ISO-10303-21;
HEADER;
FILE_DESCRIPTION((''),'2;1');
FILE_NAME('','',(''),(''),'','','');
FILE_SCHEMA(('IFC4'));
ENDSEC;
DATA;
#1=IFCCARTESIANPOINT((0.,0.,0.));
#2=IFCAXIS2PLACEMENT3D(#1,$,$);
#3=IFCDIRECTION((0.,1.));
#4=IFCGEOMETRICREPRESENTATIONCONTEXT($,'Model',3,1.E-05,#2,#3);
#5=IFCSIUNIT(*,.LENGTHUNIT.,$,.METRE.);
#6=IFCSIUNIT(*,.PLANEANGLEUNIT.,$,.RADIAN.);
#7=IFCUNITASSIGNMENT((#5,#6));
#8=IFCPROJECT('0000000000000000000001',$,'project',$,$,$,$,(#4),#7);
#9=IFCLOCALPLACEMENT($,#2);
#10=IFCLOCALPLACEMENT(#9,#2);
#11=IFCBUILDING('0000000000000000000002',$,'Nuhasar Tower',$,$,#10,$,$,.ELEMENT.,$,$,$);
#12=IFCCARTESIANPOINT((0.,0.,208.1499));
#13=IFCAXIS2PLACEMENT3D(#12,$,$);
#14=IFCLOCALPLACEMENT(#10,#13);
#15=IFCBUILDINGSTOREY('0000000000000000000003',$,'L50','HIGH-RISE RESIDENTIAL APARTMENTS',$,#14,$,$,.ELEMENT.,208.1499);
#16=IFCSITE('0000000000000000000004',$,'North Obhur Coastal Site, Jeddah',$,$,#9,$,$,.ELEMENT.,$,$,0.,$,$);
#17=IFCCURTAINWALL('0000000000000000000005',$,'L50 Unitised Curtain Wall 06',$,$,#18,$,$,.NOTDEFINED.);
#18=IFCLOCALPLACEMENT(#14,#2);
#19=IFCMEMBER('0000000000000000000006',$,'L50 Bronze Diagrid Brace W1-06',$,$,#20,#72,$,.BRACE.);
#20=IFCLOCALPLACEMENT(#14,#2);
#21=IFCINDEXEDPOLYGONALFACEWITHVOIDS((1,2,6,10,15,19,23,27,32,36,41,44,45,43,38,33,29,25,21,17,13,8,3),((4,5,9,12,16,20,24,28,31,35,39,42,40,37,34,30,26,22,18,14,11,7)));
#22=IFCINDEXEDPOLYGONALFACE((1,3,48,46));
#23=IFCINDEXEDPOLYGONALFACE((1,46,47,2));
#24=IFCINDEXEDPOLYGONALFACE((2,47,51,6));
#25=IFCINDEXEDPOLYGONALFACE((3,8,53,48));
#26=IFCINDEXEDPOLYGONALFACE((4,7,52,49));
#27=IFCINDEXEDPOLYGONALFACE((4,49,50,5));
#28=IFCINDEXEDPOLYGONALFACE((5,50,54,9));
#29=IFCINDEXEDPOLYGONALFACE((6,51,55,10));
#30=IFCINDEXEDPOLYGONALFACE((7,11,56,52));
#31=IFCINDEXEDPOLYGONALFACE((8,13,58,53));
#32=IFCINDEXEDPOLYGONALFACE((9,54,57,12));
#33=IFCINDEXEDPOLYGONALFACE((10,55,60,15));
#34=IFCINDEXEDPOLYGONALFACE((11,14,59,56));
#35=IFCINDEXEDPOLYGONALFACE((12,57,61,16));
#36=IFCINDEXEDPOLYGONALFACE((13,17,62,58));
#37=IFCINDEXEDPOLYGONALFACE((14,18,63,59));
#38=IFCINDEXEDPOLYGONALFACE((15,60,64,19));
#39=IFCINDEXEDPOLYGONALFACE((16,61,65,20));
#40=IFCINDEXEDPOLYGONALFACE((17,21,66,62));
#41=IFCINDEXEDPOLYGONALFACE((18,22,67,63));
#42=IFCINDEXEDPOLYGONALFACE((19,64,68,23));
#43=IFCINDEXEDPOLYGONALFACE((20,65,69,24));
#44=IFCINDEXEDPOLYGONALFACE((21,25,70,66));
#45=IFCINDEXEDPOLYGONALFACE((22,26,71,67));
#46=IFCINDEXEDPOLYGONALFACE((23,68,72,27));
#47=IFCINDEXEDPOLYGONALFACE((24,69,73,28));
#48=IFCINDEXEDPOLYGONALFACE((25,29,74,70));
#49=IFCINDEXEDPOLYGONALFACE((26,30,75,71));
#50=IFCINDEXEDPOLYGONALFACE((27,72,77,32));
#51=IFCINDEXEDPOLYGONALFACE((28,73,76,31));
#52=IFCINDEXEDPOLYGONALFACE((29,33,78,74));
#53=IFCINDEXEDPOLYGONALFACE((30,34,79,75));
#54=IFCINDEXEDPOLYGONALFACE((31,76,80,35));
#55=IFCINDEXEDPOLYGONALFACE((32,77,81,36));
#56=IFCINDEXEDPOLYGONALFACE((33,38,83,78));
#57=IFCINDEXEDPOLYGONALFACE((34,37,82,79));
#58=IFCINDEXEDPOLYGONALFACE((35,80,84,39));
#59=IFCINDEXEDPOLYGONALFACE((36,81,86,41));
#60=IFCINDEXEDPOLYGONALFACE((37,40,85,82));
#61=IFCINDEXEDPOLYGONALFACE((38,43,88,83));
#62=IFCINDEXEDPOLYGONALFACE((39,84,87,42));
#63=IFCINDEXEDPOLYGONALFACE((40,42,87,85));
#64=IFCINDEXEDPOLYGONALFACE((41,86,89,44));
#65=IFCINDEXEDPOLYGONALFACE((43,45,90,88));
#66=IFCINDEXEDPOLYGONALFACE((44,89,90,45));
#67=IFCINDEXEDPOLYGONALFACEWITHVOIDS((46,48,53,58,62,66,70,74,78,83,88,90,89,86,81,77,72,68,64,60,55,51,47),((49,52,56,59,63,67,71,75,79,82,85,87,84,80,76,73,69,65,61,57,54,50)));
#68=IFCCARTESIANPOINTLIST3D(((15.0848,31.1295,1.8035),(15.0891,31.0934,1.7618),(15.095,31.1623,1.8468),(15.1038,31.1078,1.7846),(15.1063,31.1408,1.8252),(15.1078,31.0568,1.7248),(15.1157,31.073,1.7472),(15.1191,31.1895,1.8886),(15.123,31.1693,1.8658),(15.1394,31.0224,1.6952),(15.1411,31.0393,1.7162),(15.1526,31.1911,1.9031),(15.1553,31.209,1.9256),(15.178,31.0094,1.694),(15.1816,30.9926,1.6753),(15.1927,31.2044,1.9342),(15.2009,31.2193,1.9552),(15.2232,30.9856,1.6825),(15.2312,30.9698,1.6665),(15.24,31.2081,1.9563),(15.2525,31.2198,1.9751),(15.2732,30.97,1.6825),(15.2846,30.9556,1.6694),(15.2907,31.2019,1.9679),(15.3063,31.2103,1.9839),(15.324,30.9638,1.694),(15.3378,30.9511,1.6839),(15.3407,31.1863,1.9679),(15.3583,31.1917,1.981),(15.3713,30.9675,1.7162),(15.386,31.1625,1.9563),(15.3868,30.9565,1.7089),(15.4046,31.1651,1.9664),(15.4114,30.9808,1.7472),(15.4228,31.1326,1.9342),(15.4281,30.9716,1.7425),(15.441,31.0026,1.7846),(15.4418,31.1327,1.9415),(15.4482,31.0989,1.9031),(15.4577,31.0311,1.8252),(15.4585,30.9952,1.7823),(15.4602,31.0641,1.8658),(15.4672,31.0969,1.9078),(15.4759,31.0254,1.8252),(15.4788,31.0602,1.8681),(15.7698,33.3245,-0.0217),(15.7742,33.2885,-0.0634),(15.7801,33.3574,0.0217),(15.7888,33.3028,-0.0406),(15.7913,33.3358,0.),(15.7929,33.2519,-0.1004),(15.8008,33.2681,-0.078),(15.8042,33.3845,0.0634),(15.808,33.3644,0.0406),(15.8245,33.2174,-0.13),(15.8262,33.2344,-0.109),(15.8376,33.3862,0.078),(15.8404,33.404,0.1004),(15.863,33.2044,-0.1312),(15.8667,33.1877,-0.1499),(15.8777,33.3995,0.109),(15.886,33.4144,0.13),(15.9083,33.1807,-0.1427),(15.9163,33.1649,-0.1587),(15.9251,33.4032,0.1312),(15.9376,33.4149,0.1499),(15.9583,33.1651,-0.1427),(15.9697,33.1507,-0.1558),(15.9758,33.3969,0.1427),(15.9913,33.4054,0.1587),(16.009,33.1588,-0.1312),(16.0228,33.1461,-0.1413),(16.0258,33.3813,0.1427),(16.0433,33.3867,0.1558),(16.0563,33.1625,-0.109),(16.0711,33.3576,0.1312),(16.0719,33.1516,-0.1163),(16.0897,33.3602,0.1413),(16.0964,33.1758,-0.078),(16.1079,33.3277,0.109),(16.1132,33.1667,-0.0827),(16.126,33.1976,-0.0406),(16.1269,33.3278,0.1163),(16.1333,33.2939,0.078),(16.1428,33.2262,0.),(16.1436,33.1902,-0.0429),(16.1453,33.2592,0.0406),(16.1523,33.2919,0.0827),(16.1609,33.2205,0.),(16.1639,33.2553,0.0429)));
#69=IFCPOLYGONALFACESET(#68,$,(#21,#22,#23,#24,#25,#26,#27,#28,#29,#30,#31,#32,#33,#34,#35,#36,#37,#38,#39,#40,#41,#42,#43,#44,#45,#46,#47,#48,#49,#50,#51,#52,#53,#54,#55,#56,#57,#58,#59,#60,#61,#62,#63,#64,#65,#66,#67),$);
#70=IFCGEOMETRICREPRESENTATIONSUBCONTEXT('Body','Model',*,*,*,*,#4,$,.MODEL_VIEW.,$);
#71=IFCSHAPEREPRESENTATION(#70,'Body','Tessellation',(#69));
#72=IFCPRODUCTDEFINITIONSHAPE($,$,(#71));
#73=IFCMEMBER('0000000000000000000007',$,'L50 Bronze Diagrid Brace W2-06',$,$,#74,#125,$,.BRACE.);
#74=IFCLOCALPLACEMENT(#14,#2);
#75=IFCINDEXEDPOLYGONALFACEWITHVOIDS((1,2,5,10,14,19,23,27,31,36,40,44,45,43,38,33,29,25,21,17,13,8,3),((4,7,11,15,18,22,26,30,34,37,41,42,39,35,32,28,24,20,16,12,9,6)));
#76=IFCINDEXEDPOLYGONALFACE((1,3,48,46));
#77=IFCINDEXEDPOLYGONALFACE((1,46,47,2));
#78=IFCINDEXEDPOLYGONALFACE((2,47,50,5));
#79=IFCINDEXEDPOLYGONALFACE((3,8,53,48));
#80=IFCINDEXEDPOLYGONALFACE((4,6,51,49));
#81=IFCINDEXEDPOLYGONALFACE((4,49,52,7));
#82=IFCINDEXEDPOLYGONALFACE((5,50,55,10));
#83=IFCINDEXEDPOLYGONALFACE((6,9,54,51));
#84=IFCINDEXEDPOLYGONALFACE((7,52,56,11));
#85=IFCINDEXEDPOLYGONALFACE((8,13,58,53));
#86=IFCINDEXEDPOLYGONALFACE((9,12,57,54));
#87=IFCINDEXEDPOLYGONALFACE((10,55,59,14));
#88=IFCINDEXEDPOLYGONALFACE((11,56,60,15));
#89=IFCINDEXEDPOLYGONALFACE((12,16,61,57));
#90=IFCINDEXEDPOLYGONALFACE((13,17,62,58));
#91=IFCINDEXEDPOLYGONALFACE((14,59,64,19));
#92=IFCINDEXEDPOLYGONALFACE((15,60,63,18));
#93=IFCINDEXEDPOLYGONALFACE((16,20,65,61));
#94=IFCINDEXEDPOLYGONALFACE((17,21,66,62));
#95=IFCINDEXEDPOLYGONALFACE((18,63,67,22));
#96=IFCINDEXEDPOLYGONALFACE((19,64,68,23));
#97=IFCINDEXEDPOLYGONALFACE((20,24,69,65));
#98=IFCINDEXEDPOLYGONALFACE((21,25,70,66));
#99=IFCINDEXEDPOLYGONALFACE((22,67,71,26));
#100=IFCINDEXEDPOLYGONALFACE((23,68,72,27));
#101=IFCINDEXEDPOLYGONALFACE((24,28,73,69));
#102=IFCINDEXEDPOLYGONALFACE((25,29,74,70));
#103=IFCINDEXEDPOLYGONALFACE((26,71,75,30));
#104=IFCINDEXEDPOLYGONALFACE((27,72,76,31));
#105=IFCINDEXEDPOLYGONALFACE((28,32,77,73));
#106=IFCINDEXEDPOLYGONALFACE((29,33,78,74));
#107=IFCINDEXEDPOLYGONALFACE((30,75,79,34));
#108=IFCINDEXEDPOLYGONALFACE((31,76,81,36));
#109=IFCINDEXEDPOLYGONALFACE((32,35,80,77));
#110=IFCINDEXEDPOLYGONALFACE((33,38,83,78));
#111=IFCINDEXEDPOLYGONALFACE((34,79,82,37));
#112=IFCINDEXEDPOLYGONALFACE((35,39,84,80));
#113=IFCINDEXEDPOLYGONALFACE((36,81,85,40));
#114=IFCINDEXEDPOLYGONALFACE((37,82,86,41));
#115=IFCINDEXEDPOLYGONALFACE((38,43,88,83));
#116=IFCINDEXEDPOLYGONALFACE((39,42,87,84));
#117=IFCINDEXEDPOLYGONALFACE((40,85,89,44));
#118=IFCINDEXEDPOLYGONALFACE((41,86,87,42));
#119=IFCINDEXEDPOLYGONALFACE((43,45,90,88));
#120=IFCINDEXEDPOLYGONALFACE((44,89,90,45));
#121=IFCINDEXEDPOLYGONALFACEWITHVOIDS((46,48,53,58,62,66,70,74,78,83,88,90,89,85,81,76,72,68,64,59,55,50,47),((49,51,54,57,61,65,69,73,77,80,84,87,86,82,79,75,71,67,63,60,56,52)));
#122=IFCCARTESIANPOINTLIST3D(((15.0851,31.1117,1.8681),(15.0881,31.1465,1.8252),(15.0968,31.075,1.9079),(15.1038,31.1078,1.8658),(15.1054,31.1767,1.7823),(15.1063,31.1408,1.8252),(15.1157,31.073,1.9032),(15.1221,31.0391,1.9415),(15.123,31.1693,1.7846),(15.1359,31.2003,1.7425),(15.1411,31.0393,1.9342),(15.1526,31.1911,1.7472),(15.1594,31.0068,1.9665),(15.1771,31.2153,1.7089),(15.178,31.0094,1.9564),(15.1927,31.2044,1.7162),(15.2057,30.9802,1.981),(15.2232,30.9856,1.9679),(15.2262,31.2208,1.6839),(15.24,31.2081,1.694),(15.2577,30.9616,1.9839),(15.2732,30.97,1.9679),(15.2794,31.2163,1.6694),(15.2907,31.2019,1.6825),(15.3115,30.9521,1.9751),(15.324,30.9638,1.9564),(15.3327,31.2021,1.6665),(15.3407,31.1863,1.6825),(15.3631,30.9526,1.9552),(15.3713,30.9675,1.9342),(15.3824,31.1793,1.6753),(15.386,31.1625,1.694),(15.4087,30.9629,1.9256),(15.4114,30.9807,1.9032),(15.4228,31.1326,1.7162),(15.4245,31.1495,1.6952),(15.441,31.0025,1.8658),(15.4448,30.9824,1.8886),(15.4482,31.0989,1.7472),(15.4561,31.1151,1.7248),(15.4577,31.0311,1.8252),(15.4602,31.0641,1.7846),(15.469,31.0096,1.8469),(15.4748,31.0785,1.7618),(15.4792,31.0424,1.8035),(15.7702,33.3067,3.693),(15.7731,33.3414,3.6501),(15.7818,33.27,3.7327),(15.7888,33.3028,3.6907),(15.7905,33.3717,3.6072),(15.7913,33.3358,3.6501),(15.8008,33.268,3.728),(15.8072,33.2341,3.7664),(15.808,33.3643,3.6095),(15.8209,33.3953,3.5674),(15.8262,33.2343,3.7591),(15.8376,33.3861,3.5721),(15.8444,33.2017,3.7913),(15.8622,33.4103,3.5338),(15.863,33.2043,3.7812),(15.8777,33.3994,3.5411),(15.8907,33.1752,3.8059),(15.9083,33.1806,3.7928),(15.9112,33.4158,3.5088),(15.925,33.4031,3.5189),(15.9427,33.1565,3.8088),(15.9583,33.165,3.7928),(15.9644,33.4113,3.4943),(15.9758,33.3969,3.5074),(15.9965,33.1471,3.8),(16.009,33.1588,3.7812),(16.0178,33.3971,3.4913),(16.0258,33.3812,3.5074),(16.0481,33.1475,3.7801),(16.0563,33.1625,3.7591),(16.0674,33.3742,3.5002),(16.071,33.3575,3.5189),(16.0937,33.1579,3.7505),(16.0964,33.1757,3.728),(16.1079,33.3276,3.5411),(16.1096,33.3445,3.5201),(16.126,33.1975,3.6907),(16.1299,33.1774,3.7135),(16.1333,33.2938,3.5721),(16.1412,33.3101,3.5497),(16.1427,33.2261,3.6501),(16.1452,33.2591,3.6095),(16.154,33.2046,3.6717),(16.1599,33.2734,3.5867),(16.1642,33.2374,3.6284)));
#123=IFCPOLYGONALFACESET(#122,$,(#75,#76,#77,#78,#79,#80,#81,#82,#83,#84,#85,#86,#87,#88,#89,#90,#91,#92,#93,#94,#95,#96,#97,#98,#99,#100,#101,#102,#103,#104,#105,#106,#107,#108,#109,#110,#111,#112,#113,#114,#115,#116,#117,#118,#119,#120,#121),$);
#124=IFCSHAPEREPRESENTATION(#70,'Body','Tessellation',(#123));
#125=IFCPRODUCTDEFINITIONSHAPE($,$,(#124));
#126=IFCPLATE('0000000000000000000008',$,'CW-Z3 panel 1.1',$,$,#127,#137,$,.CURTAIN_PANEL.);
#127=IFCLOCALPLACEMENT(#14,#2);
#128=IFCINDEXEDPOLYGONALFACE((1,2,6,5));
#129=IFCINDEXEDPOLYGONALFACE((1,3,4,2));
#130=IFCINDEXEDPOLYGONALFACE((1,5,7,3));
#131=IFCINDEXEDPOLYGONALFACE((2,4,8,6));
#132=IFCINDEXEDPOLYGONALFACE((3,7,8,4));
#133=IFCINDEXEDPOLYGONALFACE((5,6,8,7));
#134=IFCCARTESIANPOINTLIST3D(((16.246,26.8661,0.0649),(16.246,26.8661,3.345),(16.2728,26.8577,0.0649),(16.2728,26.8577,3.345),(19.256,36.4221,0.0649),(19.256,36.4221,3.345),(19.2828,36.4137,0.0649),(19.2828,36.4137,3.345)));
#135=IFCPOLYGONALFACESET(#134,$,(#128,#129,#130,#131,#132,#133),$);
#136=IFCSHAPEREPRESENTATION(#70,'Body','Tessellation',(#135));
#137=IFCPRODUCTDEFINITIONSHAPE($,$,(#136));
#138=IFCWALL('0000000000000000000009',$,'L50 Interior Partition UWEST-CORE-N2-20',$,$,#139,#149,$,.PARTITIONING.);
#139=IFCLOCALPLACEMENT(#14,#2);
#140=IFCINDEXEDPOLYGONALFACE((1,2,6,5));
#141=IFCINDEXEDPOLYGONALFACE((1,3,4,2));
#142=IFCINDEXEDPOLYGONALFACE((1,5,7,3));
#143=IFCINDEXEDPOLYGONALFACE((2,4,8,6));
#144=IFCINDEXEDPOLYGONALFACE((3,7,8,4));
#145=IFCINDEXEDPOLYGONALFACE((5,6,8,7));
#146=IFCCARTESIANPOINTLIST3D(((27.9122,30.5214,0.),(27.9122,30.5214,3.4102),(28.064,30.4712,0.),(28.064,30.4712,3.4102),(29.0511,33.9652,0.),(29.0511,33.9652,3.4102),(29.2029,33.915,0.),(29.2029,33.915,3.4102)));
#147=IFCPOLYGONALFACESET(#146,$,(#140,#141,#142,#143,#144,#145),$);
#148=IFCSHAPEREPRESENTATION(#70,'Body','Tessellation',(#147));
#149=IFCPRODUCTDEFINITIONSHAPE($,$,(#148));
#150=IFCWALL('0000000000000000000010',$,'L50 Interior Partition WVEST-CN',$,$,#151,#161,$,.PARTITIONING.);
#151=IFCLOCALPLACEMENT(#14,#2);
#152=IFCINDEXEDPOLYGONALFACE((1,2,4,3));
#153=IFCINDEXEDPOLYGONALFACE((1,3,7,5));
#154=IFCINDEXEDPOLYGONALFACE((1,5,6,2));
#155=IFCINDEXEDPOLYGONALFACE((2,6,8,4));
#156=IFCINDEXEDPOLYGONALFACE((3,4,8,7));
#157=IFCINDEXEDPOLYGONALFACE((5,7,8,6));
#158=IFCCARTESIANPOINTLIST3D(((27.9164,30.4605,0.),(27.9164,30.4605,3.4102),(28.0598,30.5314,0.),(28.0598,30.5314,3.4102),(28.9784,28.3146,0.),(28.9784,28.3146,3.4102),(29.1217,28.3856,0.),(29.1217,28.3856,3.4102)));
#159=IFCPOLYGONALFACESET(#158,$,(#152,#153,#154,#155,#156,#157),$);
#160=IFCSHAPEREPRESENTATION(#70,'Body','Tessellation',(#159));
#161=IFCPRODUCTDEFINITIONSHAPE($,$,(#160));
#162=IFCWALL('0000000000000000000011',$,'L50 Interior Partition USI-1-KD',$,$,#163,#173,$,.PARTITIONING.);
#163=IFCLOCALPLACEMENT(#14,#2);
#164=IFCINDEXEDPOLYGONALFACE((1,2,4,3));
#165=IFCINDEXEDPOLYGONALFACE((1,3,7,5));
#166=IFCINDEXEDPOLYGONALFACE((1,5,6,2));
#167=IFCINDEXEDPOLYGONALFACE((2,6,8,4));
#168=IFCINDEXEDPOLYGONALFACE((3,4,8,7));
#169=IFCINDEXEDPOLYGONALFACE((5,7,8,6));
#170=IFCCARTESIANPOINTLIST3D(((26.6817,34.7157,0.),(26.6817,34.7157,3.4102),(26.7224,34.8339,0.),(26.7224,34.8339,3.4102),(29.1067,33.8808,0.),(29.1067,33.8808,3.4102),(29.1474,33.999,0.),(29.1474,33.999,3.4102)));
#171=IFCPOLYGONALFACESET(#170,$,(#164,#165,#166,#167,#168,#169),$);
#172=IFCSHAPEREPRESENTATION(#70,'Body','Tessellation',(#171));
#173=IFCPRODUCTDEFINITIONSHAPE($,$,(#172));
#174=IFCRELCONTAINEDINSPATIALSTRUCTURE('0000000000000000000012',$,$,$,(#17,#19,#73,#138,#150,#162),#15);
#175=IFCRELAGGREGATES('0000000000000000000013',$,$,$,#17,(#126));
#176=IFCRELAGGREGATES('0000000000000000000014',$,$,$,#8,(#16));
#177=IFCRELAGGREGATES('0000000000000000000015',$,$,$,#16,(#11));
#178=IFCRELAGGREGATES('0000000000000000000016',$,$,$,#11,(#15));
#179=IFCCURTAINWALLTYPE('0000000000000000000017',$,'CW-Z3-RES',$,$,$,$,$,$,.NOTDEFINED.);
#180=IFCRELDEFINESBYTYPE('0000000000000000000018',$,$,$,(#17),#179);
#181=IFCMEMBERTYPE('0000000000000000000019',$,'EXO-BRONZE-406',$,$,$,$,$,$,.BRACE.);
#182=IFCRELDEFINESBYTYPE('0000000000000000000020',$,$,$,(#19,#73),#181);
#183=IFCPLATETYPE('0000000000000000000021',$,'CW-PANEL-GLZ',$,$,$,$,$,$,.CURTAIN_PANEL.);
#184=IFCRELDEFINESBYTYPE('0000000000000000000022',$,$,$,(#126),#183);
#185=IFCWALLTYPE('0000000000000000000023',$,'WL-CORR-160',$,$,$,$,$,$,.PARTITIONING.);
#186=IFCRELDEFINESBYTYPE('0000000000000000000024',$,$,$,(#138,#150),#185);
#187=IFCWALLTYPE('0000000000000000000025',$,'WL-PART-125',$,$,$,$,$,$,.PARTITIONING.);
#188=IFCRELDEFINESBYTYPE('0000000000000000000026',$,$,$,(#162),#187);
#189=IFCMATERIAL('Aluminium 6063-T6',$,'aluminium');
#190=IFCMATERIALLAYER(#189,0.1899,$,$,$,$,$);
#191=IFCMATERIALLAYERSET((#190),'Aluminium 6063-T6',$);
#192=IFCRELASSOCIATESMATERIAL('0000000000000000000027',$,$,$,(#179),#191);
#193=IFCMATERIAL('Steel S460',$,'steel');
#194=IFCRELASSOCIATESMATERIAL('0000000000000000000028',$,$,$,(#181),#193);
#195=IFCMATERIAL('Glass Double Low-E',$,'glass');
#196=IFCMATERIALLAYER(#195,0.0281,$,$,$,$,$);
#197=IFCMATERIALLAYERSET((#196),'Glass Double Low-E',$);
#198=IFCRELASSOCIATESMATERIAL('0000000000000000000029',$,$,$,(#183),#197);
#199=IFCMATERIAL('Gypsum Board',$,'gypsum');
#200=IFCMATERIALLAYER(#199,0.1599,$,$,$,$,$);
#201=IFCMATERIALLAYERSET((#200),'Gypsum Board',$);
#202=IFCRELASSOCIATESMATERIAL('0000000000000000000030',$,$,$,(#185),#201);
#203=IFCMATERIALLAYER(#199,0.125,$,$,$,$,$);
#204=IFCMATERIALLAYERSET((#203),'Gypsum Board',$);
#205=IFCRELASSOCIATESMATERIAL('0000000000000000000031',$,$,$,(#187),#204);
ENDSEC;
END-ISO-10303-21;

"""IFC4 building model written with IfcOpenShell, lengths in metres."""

from ifc_helpers import new_model, si_unit, direction, frame, frame_2d, origin, origin_2d, place, context, subcontext, project, spatial, rectangle, hollow_circle, extrude, material, layer, layer_set, material_profile, profile_set, type_object, element, aggregate, save


model = new_model("IFC4")

# Units and contexts
model_context = context("Model", 3, precision=1e-05, world=origin(), true_north=direction((0.0, 1.0)))
body_context = subcontext(model_context, "Body", "Model", "MODEL_VIEW")
ifc_project = project(units=[si_unit("LENGTHUNIT", "METRE"), si_unit("PLANEANGLEUNIT", "RADIAN")], contexts=[model_context])

# Site, building, storey
site_placement = place(None, origin())
site = spatial("IfcSite", under=ifc_project, at=site_placement, Name="North Obhur Coastal Site, Jeddah", CompositionType="ELEMENT", RefElevation=0.0)
building_placement = place(site_placement, origin())
building = spatial("IfcBuilding", under=site, at=building_placement, Name="Nuhasar Tower", CompositionType="ELEMENT")
storey_placement = place(building_placement, frame((0.0, 0.0, 208.1499)))
storey = spatial("IfcBuildingStorey", under=building, at=storey_placement, Name="L50", Description="HIGH-RISE RESIDENTIAL APARTMENTS", CompositionType="ELEMENT", Elevation=208.1499)

# Curtain wall
ifc_material_1 = material(Name="Aluminium 6063-T6", Category="aluminium")
ifc_layer_1 = layer(ifc_material_1, 0.1899)
ifc_layer_set_1 = layer_set([ifc_layer_1], Name="Aluminium 6063-T6")
curtain_wall_type = type_object("IfcCurtainWallType", Name="CW-Z3-RES", PredefinedType="NOTDEFINED", material=ifc_layer_set_1)
curtain_wall_placement = place(storey_placement, origin())
curtain_wall = element("IfcCurtainWall", 1, at=curtain_wall_placement, inside=storey, type_object=curtain_wall_type, Name="L50 Unitised Curtain Wall 06", PredefinedType="NOTDEFINED")

# Members
ifc_material_2 = material(Name="Steel S460", Category="steel")
ifc_material_profile_1 = material_profile(ifc_material_2, hollow_circle(Radius=0.2031, WallThickness=0.019, at=origin_2d()), Name="HSS406.4X19.1")
ifc_profile_set_1 = profile_set([ifc_material_profile_1], Name="Steel S460")
member_type_1 = type_object("IfcMemberType", Name="EXO-BRONZE-406", PredefinedType="BRACE", material=ifc_profile_set_1)
member_1_placement = place(storey_placement, frame((15.967, 33.281, 0.0), z_axis=(-0.233346, -0.747688, 0.621701), x_axis=(0.954591, -0.297918, 0.0)))
element("IfcMember", 2, at=member_1_placement, inside=storey, type_object=member_type_1, Name="L50 Bronze Diagrid Brace W1-06", PredefinedType="BRACE", context=body_context, shape_type="SweptSolid", body=[
    extrude(hollow_circle(Radius=0.2031, WallThickness=0.019, at=origin_2d()), origin(), (0.0, 0.0, 1.0), 2.9358),
])
member_2_placement = place(storey_placement, frame((15.282, 31.0859, 1.8252), z_axis=(0.233358, 0.747727, 0.62165), x_axis=(-0.954591, 0.297918, 0.0)))
element("IfcMember", 3, at=member_2_placement, inside=storey, type_object=member_type_1, Name="L50 Bronze Diagrid Brace W2-06", PredefinedType="BRACE", context=body_context, shape_type="SweptSolid", body=[
    extrude(hollow_circle(Radius=0.2031, WallThickness=0.019, at=origin_2d()), origin(), (0.0, 0.0, 1.0), 2.9355),
])

# Plate
ifc_material_3 = material(Name="Glass Double Low-E", Category="glass")
ifc_layer_2 = layer(ifc_material_3, 0.0281)
ifc_layer_set_2 = layer_set([ifc_layer_2], Name="Glass Double Low-E")
plate_type = type_object("IfcPlateType", Name="CW-PANEL-GLZ", PredefinedType="CURTAIN_PANEL", material=ifc_layer_set_2)
plate_placement = place(storey_placement, frame((17.7644, 31.6399, 0.0649), z_axis=(0.0, 0.0, 1.0), x_axis=(-0.300429, -0.953804, 0.0)))
plate = element("IfcPlate", 4, at=plate_placement, type_object=plate_type, Name="CW-Z3 panel 1.1", PredefinedType="CURTAIN_PANEL", context=body_context, shape_type="SweptSolid", body=[
    extrude(rectangle(XDim=10.0188, YDim=0.0281, at=origin_2d()), origin(), (0.0, 0.0, 1.0), 3.28),
])
aggregate(curtain_wall, [plate])

# Wall
ifc_material_4 = material(Name="Gypsum Board", Category="gypsum")
ifc_layer_3 = layer(ifc_material_4, 0.1599)
ifc_layer_set_3 = layer_set([ifc_layer_3], Name="Gypsum Board")
wall_type_1 = type_object("IfcWallType", Name="WL-CORR-160", PredefinedType="PARTITIONING", material=ifc_layer_set_3)
wall_1_placement = place(storey_placement, frame((29.127, 33.9399, 0.0), z_axis=(0.0, 0.0, 1.0), x_axis=(-0.313986, -0.949428, 0.0)))
element("IfcWall", 5, at=wall_1_placement, inside=storey, type_object=wall_type_1, Name="L50 Interior Partition UWEST-CORE-N2-20", PredefinedType="PARTITIONING", context=body_context, shape_type="SweptSolid", body=[
    extrude(rectangle(XDim=3.6272, YDim=0.1599, at=frame_2d((1.8135, 0.0))), origin(), (0.0, 0.0, 1.0), 3.4102),
])

# Walls
wall_2_placement = place(storey_placement, frame((27.988, 30.4961, 0.0), z_axis=(0.0, 0.0, 1.0), x_axis=(0.443539, -0.896255, 0.0)))
element("IfcWall", 6, at=wall_2_placement, inside=storey, type_object=wall_type_1, Name="L50 Interior Partition WVEST-CN", PredefinedType="PARTITIONING", context=body_context, shape_type="SweptSolid", body=[
    extrude(rectangle(XDim=2.3943, YDim=0.1599, at=frame_2d((1.1973, 0.0))), origin(), (0.0, 0.0, 1.0), 3.4102),
])
ifc_layer_4 = layer(ifc_material_4, 0.125)
ifc_layer_set_4 = layer_set([ifc_layer_4], Name="Gypsum Board")
wall_type_2 = type_object("IfcWallType", Name="WL-PART-125", PredefinedType="PARTITIONING", material=ifc_layer_set_4)
wall_3_placement = place(storey_placement, frame((29.127, 33.9399, 0.0), z_axis=(0.0, 0.0, 1.0), x_axis=(-0.945525, 0.325551, 0.0)))
element("IfcWall", 7, at=wall_3_placement, inside=storey, type_object=wall_type_2, Name="L50 Interior Partition USI-1-KD", PredefinedType="PARTITIONING", context=body_context, shape_type="SweptSolid", body=[
    extrude(rectangle(XDim=2.5647, YDim=0.125, at=frame_2d((1.2822, 0.0))), origin(), (0.0, 0.0, 1.0), 3.4102),
])

save(model, "model.ifc")
